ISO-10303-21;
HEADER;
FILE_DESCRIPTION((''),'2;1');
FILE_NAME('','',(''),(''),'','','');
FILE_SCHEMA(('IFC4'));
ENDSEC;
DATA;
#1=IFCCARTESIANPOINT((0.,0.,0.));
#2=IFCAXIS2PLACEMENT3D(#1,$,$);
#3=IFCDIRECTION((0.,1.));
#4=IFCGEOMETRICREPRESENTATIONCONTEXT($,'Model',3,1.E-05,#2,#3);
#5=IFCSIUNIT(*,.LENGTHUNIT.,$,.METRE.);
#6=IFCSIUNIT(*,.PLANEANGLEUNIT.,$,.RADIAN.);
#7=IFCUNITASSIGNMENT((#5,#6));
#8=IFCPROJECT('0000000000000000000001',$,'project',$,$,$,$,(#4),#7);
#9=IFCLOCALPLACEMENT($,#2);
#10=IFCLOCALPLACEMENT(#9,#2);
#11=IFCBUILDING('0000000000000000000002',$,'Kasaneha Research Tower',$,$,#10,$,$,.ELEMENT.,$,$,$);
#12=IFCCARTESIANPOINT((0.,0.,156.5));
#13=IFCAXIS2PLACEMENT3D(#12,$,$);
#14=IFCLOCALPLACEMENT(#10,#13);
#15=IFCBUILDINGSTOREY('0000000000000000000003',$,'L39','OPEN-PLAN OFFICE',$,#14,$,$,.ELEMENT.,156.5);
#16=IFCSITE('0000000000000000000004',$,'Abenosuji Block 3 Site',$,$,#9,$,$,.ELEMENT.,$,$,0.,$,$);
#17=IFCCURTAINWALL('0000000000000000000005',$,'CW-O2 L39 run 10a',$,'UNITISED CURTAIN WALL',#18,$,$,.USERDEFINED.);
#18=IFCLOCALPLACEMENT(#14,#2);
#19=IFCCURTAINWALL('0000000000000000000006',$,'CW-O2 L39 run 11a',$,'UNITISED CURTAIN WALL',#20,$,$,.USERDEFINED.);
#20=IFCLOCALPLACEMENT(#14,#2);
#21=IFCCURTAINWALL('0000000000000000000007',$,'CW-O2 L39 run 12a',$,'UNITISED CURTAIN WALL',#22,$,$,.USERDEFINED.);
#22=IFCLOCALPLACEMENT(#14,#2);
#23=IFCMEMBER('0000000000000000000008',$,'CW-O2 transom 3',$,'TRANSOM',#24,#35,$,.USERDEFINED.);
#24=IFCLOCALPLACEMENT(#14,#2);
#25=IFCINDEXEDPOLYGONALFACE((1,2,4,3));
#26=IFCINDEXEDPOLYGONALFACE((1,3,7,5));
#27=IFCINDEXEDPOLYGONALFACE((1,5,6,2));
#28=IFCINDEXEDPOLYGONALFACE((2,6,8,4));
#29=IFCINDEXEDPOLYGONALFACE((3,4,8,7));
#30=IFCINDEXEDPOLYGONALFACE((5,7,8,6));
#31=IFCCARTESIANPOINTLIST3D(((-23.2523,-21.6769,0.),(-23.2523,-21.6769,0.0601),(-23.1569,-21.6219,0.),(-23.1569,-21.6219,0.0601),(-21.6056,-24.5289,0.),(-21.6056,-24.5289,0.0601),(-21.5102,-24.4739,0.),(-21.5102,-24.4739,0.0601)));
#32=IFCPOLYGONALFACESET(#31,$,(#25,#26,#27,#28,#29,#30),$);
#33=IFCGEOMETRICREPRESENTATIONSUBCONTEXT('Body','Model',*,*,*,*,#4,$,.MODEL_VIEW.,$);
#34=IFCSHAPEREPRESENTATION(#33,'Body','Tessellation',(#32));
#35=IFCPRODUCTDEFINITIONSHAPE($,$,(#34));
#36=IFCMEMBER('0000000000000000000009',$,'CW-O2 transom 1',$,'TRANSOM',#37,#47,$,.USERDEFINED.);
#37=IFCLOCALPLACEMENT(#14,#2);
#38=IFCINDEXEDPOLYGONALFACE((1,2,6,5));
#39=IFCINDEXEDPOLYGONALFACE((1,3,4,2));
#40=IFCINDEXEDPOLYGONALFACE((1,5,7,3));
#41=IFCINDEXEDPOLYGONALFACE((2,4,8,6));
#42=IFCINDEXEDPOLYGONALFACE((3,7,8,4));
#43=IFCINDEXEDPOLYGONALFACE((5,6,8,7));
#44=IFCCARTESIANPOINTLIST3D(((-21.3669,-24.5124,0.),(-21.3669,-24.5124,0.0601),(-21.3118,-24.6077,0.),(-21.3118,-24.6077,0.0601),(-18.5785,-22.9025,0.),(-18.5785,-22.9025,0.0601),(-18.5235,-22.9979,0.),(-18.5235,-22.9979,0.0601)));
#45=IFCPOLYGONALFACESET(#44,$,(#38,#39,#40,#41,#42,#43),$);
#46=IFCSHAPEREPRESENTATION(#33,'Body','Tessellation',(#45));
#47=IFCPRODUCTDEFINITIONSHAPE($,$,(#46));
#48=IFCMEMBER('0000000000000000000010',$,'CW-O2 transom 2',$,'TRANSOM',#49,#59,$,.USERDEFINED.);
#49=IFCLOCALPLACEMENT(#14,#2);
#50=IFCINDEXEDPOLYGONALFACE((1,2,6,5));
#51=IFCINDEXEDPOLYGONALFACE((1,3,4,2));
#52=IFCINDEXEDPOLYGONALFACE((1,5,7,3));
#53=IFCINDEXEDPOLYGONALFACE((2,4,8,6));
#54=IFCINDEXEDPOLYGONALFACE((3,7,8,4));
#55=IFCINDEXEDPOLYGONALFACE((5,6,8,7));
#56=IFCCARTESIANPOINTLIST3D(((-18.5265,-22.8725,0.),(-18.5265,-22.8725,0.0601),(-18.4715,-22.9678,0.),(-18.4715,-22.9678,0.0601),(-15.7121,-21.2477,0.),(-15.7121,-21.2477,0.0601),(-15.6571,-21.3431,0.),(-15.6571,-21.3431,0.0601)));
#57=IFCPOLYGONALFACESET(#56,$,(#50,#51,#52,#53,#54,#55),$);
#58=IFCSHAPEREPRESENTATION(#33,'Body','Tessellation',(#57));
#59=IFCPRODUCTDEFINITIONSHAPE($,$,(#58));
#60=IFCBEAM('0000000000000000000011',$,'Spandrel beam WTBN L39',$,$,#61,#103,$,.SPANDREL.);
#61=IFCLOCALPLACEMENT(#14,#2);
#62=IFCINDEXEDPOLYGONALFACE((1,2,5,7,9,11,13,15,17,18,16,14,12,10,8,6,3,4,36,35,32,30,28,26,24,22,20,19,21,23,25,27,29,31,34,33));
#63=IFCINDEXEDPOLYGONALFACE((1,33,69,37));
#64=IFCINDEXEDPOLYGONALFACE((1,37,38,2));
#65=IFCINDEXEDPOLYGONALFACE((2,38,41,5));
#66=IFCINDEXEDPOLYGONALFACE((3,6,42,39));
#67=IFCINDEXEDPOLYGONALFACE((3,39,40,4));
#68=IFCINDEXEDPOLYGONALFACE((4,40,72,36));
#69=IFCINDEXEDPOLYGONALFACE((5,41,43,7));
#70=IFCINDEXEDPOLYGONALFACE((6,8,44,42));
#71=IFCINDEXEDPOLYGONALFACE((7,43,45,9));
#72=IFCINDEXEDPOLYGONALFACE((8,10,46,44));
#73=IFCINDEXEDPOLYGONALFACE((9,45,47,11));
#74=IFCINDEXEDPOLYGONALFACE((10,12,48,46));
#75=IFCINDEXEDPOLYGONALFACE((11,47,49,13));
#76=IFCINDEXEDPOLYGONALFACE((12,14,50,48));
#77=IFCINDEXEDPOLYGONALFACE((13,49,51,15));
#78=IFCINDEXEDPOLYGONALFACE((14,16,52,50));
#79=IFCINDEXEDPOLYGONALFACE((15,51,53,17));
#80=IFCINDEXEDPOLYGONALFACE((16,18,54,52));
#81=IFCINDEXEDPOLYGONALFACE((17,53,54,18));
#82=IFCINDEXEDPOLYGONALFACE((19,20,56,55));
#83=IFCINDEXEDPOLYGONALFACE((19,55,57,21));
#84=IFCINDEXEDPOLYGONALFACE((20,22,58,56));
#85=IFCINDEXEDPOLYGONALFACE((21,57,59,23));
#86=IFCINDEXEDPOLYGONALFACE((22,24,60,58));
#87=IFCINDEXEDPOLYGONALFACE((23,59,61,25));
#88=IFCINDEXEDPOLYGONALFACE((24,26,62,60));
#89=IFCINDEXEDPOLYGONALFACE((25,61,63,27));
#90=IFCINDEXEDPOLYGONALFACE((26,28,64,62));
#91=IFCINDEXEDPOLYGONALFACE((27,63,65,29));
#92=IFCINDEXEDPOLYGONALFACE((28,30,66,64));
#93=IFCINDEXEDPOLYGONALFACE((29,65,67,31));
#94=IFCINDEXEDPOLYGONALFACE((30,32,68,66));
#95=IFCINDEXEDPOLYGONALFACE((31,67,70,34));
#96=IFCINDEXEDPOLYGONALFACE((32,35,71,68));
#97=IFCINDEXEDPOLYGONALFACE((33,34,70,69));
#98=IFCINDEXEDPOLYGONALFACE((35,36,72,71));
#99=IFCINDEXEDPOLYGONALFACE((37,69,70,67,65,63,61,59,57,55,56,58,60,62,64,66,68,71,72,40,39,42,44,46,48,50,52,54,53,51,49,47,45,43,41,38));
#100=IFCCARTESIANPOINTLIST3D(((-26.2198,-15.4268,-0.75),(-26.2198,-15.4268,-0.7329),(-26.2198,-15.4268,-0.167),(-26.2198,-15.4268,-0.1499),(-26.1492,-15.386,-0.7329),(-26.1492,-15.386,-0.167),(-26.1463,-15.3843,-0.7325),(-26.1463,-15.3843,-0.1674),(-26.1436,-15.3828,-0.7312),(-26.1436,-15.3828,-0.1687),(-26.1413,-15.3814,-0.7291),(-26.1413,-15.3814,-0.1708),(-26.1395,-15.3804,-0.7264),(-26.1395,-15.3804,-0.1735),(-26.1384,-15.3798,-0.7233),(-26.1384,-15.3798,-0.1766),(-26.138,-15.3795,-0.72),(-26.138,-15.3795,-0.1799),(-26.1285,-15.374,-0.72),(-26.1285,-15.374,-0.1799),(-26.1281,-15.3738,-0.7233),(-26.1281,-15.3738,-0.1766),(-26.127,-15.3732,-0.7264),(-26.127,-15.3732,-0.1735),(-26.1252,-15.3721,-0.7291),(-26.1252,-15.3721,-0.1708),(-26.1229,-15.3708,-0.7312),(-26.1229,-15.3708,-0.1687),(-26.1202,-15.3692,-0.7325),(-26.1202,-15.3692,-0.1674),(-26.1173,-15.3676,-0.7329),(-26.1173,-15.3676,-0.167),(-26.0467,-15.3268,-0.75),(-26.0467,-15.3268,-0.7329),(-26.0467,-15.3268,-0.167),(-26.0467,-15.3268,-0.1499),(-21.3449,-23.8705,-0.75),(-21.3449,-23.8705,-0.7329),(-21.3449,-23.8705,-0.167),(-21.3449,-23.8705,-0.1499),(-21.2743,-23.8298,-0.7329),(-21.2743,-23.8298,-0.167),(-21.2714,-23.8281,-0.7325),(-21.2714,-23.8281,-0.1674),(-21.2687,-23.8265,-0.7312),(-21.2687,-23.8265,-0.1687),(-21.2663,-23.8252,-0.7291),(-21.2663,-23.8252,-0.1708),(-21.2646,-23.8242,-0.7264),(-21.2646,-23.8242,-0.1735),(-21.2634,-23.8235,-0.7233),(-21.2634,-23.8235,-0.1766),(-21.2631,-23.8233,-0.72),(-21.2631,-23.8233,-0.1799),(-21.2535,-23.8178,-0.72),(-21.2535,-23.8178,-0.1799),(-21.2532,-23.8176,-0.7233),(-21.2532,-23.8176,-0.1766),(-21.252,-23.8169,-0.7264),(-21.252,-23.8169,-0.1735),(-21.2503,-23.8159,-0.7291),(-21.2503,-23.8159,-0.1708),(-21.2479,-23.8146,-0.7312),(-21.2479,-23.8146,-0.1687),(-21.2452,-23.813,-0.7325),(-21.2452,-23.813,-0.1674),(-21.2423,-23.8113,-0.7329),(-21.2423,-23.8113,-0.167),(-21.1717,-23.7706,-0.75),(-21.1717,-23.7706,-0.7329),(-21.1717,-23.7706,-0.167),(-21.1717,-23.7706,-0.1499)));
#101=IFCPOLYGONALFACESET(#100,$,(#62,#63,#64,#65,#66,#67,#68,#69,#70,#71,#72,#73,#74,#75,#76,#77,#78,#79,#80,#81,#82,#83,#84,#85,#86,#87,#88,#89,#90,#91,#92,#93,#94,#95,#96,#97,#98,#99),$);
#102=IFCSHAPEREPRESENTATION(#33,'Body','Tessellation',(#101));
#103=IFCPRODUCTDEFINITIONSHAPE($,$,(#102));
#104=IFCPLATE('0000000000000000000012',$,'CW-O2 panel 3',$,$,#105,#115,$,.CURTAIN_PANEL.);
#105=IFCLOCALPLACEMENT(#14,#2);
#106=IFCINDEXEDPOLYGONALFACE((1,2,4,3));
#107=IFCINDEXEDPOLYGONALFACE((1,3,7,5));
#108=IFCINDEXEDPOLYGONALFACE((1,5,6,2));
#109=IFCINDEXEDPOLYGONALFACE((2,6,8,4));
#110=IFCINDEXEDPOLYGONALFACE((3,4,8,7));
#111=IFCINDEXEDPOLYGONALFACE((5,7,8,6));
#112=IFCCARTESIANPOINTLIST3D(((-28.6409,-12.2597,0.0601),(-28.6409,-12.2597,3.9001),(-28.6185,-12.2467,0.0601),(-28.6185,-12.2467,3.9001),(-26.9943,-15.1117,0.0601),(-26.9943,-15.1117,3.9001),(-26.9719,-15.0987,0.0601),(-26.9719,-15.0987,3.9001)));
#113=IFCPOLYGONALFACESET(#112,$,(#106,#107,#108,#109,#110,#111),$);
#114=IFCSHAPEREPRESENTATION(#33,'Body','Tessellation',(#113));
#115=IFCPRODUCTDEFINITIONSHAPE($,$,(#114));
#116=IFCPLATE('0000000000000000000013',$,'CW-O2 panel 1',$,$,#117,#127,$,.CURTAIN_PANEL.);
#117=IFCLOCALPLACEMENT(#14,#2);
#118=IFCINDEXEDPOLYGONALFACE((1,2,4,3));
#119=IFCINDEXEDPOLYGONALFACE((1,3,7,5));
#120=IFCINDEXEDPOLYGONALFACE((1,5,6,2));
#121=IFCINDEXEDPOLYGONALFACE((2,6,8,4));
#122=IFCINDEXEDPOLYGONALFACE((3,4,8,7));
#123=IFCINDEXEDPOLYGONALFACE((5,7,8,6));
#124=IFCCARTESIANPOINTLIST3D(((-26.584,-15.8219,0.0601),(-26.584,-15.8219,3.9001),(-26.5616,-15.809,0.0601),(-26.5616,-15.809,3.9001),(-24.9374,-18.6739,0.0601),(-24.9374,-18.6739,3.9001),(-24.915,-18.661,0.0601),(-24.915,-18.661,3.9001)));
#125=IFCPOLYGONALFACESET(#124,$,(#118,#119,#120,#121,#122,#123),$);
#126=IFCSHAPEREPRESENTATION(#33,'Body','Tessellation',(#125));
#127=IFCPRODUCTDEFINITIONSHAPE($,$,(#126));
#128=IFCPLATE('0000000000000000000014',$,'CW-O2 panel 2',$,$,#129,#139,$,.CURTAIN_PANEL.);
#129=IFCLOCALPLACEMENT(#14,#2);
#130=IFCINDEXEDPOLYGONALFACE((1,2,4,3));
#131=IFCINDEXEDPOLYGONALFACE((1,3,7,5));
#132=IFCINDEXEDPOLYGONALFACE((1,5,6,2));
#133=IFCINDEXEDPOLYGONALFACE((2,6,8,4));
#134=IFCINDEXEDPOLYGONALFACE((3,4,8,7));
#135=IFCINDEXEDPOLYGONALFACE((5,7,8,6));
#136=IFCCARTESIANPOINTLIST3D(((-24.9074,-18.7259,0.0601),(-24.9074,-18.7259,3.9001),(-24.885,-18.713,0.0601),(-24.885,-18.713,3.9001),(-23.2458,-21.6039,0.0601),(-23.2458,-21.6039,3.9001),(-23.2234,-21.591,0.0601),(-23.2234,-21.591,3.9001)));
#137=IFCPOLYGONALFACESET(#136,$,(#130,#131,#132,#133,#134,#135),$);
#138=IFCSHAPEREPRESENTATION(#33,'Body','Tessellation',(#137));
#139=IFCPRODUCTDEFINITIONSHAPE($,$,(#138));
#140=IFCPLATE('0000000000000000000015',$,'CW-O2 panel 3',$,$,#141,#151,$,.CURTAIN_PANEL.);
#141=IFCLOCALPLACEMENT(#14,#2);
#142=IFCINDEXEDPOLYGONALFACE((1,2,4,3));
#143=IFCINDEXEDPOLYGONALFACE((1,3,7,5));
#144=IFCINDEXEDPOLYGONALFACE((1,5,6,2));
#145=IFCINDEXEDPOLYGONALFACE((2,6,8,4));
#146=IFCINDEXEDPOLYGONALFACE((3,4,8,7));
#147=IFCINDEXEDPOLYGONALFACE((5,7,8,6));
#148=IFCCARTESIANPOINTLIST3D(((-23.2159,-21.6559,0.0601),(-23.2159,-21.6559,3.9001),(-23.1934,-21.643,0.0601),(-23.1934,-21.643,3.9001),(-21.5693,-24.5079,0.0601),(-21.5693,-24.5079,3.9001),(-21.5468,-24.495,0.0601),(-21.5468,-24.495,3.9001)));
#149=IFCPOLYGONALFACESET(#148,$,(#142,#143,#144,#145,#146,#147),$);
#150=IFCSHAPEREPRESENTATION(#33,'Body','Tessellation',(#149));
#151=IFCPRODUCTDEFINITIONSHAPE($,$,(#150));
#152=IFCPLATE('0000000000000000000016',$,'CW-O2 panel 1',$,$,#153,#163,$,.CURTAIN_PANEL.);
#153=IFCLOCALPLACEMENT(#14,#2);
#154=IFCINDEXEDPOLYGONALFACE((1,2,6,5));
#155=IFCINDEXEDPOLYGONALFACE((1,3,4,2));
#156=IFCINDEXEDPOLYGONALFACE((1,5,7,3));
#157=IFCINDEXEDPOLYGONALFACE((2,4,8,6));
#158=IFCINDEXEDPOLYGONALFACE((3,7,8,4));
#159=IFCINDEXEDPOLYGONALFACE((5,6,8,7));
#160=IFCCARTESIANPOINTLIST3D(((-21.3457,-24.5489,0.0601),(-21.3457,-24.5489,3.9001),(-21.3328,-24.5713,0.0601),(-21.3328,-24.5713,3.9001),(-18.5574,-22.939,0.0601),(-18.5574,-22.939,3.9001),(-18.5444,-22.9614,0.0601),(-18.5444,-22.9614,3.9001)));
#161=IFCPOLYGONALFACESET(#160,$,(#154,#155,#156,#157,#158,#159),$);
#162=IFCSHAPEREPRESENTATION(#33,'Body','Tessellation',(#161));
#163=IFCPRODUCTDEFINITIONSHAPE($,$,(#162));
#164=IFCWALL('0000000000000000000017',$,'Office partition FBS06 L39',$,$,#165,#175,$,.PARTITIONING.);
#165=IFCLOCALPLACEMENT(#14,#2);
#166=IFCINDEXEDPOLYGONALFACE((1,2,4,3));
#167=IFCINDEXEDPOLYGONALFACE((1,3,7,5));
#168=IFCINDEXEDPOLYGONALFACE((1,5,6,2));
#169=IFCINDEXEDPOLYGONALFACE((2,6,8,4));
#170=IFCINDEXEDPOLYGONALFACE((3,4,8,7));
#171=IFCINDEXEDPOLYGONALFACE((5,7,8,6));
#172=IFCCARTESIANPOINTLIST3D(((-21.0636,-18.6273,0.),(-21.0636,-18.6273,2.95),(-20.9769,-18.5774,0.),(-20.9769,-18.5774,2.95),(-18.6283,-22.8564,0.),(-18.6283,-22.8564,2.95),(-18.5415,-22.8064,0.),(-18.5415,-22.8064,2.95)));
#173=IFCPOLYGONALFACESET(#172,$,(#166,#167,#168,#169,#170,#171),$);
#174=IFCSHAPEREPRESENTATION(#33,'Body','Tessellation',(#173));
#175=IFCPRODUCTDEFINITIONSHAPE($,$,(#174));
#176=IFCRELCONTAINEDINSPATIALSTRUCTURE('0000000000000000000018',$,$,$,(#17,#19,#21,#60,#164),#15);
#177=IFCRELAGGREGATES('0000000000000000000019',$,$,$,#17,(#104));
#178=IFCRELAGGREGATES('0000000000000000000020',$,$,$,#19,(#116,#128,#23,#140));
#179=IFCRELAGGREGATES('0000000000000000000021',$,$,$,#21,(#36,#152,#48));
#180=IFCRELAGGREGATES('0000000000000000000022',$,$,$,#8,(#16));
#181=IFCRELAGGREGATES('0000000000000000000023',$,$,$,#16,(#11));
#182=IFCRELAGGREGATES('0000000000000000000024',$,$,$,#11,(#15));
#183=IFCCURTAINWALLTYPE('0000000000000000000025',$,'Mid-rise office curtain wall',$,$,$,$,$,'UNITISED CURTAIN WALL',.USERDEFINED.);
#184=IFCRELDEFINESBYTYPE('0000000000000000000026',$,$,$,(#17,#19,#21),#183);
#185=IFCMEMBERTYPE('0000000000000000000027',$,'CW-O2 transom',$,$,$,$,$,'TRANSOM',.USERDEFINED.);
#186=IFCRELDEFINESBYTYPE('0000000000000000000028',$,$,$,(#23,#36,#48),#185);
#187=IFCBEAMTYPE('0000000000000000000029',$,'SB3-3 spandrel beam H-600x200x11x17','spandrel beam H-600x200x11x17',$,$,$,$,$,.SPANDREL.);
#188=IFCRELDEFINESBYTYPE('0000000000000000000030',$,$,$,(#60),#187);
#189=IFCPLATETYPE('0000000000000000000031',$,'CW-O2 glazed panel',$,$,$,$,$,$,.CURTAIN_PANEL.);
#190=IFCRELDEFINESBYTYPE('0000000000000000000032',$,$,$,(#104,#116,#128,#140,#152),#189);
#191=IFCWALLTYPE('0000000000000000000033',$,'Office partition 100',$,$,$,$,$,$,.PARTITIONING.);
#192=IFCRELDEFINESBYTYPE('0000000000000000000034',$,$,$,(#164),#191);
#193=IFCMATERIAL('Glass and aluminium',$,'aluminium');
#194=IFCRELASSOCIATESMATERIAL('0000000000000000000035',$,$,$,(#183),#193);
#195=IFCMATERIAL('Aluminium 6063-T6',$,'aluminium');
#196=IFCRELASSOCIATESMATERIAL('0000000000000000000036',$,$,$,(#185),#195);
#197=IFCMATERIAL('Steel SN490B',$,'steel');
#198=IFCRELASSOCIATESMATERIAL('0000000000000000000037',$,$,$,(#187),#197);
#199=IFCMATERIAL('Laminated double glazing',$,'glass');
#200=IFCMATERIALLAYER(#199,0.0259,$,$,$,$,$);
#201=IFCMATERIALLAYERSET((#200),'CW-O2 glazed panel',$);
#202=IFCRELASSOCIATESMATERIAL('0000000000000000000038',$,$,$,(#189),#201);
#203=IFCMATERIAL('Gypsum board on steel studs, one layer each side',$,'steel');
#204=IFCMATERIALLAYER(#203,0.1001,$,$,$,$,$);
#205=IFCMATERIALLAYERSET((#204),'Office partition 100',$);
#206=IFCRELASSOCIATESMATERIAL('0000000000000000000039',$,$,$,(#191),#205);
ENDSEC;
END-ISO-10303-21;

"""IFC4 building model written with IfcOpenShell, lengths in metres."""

from ifc_helpers import new_model, si_unit, direction, frame, frame_2d, origin, origin_2d, place, context, subcontext, project, spatial, rectangle, i_section, extrude, material, layer, layer_set, material_profile, profile_set, type_object, element, aggregate, save


model = new_model("IFC4")

# Units and contexts
model_context = context("Model", 3, precision=1e-05, world=origin(), true_north=direction((0.0, 1.0)))
body_context = subcontext(model_context, "Body", "Model", "MODEL_VIEW")
ifc_project = project(units=[si_unit("LENGTHUNIT", "METRE"), si_unit("PLANEANGLEUNIT", "RADIAN")], contexts=[model_context])

# Site, building, storey
site_placement = place(None, origin())
site = spatial("IfcSite", under=ifc_project, at=site_placement, Name="Abenosuji Block 3 Site", CompositionType="ELEMENT", RefElevation=0.0)
building_placement = place(site_placement, origin())
building = spatial("IfcBuilding", under=site, at=building_placement, Name="Kasaneha Research Tower", CompositionType="ELEMENT")
storey_placement = place(building_placement, frame((0.0, 0.0, 156.5)))
storey = spatial("IfcBuildingStorey", under=building, at=storey_placement, Name="L39", Description="OPEN-PLAN OFFICE", CompositionType="ELEMENT", Elevation=156.5)

# Curtain wall
ifc_material_1 = material(Name="Glass and aluminium", Category="aluminium")
curtain_wall_type = type_object("IfcCurtainWallType", Name="Mid-rise office curtain wall", ElementType="UNITISED CURTAIN WALL", PredefinedType="USERDEFINED", material=ifc_material_1)
curtain_wall_1_placement = place(storey_placement, origin())
curtain_wall_1 = element("IfcCurtainWall", 1, at=curtain_wall_1_placement, inside=storey, type_object=curtain_wall_type, Name="CW-O2 L39 run 10a", ObjectType="UNITISED CURTAIN WALL", PredefinedType="USERDEFINED")

# Curtain walls
curtain_wall_2_placement = place(storey_placement, origin())
curtain_wall_2 = element("IfcCurtainWall", 2, at=curtain_wall_2_placement, inside=storey, type_object=curtain_wall_type, Name="CW-O2 L39 run 11a", ObjectType="UNITISED CURTAIN WALL", PredefinedType="USERDEFINED")
curtain_wall_3_placement = place(storey_placement, origin())
curtain_wall_3 = element("IfcCurtainWall", 3, at=curtain_wall_3_placement, inside=storey, type_object=curtain_wall_type, Name="CW-O2 L39 run 12a", ObjectType="UNITISED CURTAIN WALL", PredefinedType="USERDEFINED")

# Members
ifc_material_2 = material(Name="Aluminium 6063-T6", Category="aluminium")
ifc_material_profile_1 = material_profile(ifc_material_2, rectangle(XDim=0.1101, YDim=0.0601, at=origin_2d()), Name="CW-O2 transom 110x60")
ifc_profile_set_1 = profile_set([ifc_material_profile_1], Name="Aluminium 6063-T6")
member_type_1 = type_object("IfcMemberType", Name="CW-O2 transom", ElementType="TRANSOM", PredefinedType="USERDEFINED", material=ifc_profile_set_1)
member_1_placement = place(storey_placement, frame((-23.2046, -21.6494, 0.03), z_axis=(0.500022, -0.866013, 0.0), x_axis=(0.866013, 0.500022, 0.0)))
member_1 = element("IfcMember", 4, at=member_1_placement, type_object=member_type_1, Name="CW-O2 transom 3", ObjectType="TRANSOM", PredefinedType="USERDEFINED", context=body_context, shape_type="SweptSolid", body=[
    extrude(rectangle(XDim=0.1101, YDim=0.0601, at=origin_2d()), origin(), (0.0, 0.0, 1.0), 3.2932),
])
member_2_placement = place(storey_placement, frame((-21.3394, -24.5601, 0.03), z_axis=(0.866023, 0.500005, 0.0), x_axis=(-0.500005, 0.866023, 0.0)))
member_2 = element("IfcMember", 5, at=member_2_placement, type_object=member_type_1, Name="CW-O2 transom 1", ObjectType="TRANSOM", PredefinedType="USERDEFINED", context=body_context, shape_type="SweptSolid", body=[
    extrude(rectangle(XDim=0.1101, YDim=0.0601, at=origin_2d()), origin(), (0.0, 0.0, 1.0), 3.2197),
])
member_3_placement = place(storey_placement, frame((-18.499, -22.9202, 0.03), z_axis=(0.866048, 0.499961, 0.0), x_axis=(-0.499961, 0.866048, 0.0)))
member_3 = element("IfcMember", 6, at=member_3_placement, type_object=member_type_1, Name="CW-O2 transom 2", ObjectType="TRANSOM", PredefinedType="USERDEFINED", context=body_context, shape_type="SweptSolid", body=[
    extrude(rectangle(XDim=0.1101, YDim=0.0601, at=origin_2d()), origin(), (0.0, 0.0, 1.0), 3.2498),
])

# Beam
ifc_material_3 = material(Name="Steel SN490B", Category="steel")
ifc_material_profile_2 = material_profile(ifc_material_3, i_section(OverallWidth=0.2, OverallDepth=0.6001, WebThickness=0.011, FlangeThickness=0.0171, FilletRadius=0.0129, at=origin_2d()), Name="H-600x200x11x17")
ifc_profile_set_2 = profile_set([ifc_material_profile_2], Name="Steel SN490B")
beam_type_1 = type_object("IfcBeamType", Name="SB3-3 spandrel beam H-600x200x11x17", Description="spandrel beam H-600x200x11x17", PredefinedType="SPANDREL", material=ifc_profile_set_2)
beam_1_placement = place(storey_placement, frame((-21.2583, -23.8206, -0.45), z_axis=(-0.499996, 0.866028, 0.0), x_axis=(-0.866028, -0.499996, 0.0)))
element("IfcBeam", 7, at=beam_1_placement, inside=storey, type_object=beam_type_1, Name="Spandrel beam WTBN L39", PredefinedType="SPANDREL", context=body_context, shape_type="SweptSolid", body=[
    extrude(i_section(OverallWidth=0.2, OverallDepth=0.6001, WebThickness=0.011, FlangeThickness=0.0171, FilletRadius=0.0129, at=origin_2d()), origin(), (0.0, 0.0, 1.0), 9.75),
])

# Plates
ifc_material_4 = material(Name="Laminated double glazing", Category="glass")
ifc_layer_1 = layer(ifc_material_4, 0.0259)
ifc_layer_set_1 = layer_set([ifc_layer_1], Name="CW-O2 glazed panel")
plate_type = type_object("IfcPlateType", Name="CW-O2 glazed panel", PredefinedType="CURTAIN_PANEL", material=ifc_layer_set_1)
plate_1_placement = place(storey_placement, frame((-27.8064, -13.6792, 0.0601), z_axis=(0.0, 0.0, 1.0), x_axis=(0.5, -0.866025, 0.0)))
plate_1 = element("IfcPlate", 8, at=plate_1_placement, type_object=plate_type, Name="CW-O2 panel 3", PredefinedType="CURTAIN_PANEL", context=body_context, shape_type="SweptSolid", body=[
    extrude(rectangle(XDim=3.2932, YDim=0.0259, at=origin_2d()), origin(), (0.0, 0.0, 1.0), 3.8401),
])
aggregate(curtain_wall_1, [plate_1])
plate_2_placement = place(storey_placement, frame((-25.7495, -17.2415, 0.0601), z_axis=(0.0, 0.0, 1.0), x_axis=(0.5, -0.866025, 0.0)))
plate_2 = element("IfcPlate", 9, at=plate_2_placement, type_object=plate_type, Name="CW-O2 panel 1", PredefinedType="CURTAIN_PANEL", context=body_context, shape_type="SweptSolid", body=[
    extrude(rectangle(XDim=3.2932, YDim=0.0259, at=origin_2d()), origin(), (0.0, 0.0, 1.0), 3.8401),
])
plate_3_placement = place(storey_placement, frame((-24.0654, -20.1584, 0.0601), z_axis=(0.0, 0.0, 1.0), x_axis=(0.5, -0.866025, 0.0)))
plate_3 = element("IfcPlate", 10, at=plate_3_placement, type_object=plate_type, Name="CW-O2 panel 2", PredefinedType="CURTAIN_PANEL", context=body_context, shape_type="SweptSolid", body=[
    extrude(rectangle(XDim=3.3232, YDim=0.0259, at=origin_2d()), origin(), (0.0, 0.0, 1.0), 3.8401),
])
plate_4_placement = place(storey_placement, frame((-22.3813, -23.0754, 0.0601), z_axis=(0.0, 0.0, 1.0), x_axis=(0.5, -0.866025, 0.0)))
plate_4 = element("IfcPlate", 11, at=plate_4_placement, type_object=plate_type, Name="CW-O2 panel 3", PredefinedType="CURTAIN_PANEL", context=body_context, shape_type="SweptSolid", body=[
    extrude(rectangle(XDim=3.2932, YDim=0.0259, at=origin_2d()), origin(), (0.0, 0.0, 1.0), 3.8401),
])
aggregate(curtain_wall_2, [plate_2, plate_3, member_1, plate_4])
plate_5_placement = place(storey_placement, frame((-19.9451, -23.7551, 0.0601), z_axis=(0.0, 0.0, 1.0), x_axis=(0.866025, 0.5, 0.0)))
plate_5 = element("IfcPlate", 12, at=plate_5_placement, type_object=plate_type, Name="CW-O2 panel 1", PredefinedType="CURTAIN_PANEL", context=body_context, shape_type="SweptSolid", body=[
    extrude(rectangle(XDim=3.2197, YDim=0.0259, at=origin_2d()), origin(), (0.0, 0.0, 1.0), 3.8401),
])
aggregate(curtain_wall_3, [member_2, plate_5, member_3])

# Wall
ifc_material_5 = material(Name="Gypsum board on steel studs, one layer each side", Category="steel")
ifc_layer_2 = layer(ifc_material_5, 0.1001)
ifc_layer_set_2 = layer_set([ifc_layer_2], Name="Office partition 100")
wall_type = type_object("IfcWallType", Name="Office partition 100", PredefinedType="PARTITIONING", material=ifc_layer_set_2)
wall_1_placement = place(storey_placement, frame((-18.585, -22.8313, 0.0), z_axis=(0.0, 0.0, 1.0), x_axis=(-0.499029, 0.866585, 0.0)))
element("IfcWall", 13, at=wall_1_placement, inside=storey, type_object=wall_type, Name="Office partition FBS06 L39", PredefinedType="PARTITIONING", context=body_context, shape_type="SweptSolid", body=[
    extrude(rectangle(XDim=4.8801, YDim=0.1001, at=frame_2d((2.4399, 0.0))), origin(), (0.0, 0.0, 1.0), 2.95),
])

save(model, "model.ifc")
